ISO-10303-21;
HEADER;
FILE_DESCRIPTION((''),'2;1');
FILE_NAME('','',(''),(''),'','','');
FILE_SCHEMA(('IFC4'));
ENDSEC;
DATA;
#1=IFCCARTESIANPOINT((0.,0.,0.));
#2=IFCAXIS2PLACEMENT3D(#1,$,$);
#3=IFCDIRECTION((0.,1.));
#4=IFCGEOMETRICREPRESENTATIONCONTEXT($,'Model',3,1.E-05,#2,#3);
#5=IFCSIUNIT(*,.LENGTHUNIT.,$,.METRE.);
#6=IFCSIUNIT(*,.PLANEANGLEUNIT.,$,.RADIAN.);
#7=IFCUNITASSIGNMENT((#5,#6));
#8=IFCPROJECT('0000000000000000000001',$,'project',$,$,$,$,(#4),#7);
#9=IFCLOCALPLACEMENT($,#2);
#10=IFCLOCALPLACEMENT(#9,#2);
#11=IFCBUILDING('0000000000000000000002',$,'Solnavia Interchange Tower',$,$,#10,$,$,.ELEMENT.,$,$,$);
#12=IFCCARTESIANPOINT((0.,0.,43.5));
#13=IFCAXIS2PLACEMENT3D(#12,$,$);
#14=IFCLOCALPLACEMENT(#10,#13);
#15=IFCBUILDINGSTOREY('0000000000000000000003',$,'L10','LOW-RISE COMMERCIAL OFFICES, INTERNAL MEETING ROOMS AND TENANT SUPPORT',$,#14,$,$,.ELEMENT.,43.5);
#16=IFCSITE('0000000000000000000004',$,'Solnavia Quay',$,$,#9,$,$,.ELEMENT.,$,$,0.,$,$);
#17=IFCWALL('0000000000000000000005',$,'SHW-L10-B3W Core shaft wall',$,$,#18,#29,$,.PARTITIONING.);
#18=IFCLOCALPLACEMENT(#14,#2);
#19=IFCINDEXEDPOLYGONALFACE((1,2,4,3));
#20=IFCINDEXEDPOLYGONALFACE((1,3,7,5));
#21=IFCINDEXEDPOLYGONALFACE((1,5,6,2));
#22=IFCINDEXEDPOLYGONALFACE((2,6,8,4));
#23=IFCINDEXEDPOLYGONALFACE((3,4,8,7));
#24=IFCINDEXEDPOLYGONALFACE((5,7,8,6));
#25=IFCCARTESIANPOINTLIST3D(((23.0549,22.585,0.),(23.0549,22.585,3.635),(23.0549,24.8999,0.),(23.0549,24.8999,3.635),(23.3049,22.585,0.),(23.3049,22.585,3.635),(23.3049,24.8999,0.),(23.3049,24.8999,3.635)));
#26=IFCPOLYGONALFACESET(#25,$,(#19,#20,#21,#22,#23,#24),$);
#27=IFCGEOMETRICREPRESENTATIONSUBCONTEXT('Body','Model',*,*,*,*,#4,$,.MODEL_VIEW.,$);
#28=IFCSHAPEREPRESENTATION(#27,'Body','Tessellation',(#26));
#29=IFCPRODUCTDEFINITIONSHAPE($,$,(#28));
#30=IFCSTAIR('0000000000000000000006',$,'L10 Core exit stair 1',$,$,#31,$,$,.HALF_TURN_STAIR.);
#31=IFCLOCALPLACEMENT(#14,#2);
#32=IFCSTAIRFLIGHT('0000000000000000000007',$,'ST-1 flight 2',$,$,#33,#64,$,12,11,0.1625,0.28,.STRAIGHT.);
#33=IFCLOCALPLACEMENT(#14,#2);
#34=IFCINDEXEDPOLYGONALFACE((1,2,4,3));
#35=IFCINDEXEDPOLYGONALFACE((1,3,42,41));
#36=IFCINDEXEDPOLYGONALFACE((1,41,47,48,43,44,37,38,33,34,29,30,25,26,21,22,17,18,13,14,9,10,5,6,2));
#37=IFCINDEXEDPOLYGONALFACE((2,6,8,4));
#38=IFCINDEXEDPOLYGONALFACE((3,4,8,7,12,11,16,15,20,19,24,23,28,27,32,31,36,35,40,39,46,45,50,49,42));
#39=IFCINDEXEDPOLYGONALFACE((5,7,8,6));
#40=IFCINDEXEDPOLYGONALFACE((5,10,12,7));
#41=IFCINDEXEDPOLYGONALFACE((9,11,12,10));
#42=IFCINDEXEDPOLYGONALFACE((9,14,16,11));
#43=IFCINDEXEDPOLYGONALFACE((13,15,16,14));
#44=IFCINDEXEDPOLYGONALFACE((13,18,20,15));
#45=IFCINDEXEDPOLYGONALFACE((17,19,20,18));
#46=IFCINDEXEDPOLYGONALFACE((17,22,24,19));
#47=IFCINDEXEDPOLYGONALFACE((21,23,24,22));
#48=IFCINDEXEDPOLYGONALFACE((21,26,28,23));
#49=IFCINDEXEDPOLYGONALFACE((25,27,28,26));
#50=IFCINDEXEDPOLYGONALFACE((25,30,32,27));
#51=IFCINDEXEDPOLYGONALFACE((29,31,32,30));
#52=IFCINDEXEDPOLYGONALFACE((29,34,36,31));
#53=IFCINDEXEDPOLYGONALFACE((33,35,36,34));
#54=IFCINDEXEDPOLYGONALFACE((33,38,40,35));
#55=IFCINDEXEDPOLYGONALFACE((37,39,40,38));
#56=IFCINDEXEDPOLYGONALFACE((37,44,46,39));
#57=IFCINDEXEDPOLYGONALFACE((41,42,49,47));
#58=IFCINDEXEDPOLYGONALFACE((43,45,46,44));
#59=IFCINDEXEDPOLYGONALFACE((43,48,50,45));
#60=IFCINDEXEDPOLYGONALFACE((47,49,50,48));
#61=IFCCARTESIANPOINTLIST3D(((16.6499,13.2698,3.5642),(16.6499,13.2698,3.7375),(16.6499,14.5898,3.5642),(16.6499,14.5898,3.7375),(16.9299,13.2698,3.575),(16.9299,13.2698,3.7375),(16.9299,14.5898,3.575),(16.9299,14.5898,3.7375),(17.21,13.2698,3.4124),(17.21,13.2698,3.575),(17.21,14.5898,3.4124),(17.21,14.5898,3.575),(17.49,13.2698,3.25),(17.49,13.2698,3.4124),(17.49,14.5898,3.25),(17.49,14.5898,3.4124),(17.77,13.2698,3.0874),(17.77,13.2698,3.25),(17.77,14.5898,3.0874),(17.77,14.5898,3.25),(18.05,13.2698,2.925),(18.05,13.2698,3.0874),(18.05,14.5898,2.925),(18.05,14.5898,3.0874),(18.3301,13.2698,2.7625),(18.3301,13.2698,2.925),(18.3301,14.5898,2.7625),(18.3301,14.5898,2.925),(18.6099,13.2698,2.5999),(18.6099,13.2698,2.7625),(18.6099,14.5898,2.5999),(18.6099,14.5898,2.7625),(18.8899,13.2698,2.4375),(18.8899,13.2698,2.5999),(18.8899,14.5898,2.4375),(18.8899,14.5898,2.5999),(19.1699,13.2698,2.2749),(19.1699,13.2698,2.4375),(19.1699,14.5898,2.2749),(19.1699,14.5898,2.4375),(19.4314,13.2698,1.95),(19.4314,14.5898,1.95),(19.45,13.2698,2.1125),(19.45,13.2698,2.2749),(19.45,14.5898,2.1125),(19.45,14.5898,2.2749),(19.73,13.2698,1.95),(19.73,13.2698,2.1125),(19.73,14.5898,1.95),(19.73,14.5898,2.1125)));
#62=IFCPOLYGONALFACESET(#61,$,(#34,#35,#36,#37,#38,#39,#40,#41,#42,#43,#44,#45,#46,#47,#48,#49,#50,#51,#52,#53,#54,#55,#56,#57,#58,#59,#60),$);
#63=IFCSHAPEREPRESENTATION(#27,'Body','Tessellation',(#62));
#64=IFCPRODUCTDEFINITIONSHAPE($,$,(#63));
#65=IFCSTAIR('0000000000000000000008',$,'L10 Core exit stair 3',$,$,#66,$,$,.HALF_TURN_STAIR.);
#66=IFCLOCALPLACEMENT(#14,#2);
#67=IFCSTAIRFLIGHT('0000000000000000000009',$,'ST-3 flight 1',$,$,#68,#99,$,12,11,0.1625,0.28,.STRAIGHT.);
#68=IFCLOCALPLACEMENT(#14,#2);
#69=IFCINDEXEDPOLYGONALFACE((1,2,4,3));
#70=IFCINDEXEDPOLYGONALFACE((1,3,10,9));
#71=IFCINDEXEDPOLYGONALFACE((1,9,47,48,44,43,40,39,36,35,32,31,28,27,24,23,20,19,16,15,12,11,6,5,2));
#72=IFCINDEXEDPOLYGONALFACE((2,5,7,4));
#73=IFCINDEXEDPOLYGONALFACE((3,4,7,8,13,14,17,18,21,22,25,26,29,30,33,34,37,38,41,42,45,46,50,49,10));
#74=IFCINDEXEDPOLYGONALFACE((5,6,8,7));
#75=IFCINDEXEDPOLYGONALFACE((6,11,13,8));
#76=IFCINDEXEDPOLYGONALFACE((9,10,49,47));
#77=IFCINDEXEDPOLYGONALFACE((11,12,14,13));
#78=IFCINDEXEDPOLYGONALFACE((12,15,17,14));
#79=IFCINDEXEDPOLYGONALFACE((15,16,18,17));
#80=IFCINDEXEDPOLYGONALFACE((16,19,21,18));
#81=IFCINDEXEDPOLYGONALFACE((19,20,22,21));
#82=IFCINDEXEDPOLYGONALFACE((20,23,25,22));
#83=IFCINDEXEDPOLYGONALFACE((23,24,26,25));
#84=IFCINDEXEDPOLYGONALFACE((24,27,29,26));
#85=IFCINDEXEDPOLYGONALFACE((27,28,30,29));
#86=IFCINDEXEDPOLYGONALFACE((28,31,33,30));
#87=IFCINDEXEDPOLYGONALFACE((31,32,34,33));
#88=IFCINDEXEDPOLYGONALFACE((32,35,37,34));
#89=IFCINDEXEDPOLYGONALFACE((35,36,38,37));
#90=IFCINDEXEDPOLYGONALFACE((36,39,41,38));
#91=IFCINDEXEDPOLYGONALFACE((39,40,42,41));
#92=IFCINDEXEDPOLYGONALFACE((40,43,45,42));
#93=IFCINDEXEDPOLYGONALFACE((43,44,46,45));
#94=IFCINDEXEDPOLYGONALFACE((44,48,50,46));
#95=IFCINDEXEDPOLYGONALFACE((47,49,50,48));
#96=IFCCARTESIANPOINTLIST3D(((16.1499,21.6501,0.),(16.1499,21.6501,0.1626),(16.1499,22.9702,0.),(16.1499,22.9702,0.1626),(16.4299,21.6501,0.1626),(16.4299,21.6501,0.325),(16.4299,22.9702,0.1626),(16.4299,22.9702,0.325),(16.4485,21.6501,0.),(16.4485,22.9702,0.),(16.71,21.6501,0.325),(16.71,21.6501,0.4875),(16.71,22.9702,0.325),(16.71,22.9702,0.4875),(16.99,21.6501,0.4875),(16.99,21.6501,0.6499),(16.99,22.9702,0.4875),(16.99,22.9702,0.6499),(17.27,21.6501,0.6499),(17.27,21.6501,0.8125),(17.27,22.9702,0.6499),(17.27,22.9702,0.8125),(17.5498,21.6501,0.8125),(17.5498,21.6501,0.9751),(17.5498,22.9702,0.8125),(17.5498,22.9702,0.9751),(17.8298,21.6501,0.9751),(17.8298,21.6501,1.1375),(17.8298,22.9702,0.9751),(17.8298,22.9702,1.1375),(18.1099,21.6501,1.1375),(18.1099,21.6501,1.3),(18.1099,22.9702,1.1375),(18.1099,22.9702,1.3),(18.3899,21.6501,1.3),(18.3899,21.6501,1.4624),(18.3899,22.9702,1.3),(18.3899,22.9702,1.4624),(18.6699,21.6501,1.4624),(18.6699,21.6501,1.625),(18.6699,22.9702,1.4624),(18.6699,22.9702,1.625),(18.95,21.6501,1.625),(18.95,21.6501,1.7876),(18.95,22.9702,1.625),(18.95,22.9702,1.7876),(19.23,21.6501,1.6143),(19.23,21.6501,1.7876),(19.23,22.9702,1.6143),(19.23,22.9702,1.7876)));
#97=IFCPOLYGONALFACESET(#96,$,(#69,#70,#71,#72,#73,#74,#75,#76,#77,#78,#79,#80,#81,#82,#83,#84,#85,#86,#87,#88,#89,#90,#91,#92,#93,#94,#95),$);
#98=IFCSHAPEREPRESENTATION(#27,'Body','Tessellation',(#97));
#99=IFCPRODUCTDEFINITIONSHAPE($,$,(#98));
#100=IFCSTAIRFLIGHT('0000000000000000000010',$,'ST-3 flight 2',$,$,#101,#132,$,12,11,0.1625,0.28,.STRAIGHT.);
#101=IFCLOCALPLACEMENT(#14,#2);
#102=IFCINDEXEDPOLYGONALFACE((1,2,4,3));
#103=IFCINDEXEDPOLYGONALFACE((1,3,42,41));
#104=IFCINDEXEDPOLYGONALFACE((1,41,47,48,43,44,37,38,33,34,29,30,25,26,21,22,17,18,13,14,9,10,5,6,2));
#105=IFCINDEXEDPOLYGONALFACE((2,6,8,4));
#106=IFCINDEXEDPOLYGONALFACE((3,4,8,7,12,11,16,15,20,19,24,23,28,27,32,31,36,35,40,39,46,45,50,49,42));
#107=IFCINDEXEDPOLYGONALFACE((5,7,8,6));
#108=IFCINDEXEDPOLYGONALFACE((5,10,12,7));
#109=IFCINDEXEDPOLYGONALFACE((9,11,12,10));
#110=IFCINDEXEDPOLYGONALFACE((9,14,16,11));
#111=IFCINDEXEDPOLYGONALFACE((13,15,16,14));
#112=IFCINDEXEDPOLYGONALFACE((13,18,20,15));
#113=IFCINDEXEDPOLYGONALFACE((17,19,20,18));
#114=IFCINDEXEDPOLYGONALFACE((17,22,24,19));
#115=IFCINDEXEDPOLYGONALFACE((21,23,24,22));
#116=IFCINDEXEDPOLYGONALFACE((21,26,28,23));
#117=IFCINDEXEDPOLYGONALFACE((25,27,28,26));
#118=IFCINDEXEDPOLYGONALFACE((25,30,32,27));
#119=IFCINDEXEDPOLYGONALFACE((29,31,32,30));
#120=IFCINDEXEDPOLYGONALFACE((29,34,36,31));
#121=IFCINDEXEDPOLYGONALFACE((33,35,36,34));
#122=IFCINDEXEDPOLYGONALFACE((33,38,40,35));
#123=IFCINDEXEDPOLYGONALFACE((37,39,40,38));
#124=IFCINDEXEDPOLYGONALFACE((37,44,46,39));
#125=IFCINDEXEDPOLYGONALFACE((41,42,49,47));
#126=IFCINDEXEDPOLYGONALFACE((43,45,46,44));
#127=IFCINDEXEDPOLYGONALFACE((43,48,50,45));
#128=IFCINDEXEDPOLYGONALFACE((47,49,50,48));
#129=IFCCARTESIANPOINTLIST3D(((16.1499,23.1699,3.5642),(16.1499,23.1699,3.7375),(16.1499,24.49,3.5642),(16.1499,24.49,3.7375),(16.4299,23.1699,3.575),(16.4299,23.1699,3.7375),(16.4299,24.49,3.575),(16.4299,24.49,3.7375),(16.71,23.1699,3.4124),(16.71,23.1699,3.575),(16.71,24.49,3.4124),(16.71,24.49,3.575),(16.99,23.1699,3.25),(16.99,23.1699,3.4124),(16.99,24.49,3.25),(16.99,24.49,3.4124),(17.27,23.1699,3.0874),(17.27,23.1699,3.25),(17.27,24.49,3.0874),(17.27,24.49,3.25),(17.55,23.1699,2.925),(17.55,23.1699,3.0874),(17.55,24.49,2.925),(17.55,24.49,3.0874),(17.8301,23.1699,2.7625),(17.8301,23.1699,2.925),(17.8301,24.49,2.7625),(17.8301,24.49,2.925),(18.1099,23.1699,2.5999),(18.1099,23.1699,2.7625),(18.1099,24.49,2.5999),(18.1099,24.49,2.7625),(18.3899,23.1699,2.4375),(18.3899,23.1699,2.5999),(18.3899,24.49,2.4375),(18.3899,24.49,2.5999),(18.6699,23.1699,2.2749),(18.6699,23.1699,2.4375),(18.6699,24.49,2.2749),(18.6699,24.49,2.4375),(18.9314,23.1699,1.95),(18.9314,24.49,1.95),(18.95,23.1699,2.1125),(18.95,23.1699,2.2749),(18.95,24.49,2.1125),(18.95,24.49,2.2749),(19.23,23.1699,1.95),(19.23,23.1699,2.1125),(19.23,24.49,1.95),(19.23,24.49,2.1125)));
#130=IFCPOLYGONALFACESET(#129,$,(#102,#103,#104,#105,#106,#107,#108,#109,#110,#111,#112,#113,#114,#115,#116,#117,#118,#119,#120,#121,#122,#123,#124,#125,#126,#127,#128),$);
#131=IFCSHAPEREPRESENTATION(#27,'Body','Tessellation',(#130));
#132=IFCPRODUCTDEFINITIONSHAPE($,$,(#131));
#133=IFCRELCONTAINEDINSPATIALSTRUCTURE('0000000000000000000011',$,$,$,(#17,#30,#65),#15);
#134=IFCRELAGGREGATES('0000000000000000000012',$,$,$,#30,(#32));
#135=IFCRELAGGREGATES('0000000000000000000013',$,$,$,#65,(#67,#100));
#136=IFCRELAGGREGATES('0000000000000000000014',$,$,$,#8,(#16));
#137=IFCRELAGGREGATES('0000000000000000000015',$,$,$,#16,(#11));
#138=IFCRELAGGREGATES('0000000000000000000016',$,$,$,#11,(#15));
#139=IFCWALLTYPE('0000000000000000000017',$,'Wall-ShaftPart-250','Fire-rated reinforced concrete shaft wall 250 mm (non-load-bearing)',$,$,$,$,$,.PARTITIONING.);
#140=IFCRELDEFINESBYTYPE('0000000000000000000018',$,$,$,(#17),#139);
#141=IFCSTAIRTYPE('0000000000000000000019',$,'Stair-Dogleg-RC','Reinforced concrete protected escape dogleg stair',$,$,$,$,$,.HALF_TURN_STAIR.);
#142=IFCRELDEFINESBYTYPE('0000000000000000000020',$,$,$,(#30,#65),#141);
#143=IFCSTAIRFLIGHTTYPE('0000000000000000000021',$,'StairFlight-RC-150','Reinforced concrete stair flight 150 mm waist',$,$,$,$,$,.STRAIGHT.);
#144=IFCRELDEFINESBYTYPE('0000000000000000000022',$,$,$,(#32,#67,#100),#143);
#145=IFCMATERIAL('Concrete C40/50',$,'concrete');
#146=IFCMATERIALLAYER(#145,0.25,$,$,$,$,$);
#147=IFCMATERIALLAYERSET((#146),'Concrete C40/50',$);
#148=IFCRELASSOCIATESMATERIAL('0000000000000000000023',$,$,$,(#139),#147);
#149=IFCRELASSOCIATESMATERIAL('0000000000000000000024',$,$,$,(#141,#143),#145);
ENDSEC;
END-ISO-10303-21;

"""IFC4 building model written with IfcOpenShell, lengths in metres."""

from ifc_helpers import new_model, si_unit, direction, frame, frame_2d, origin, place, context, subcontext, project, spatial, polyline, rectangle, outline, extrude, material, layer, layer_set, type_object, element, aggregate, save


model = new_model("IFC4")

# Units and contexts
model_context = context("Model", 3, precision=1e-05, world=origin(), true_north=direction((0.0, 1.0)))
body_context = subcontext(model_context, "Body", "Model", "MODEL_VIEW")
ifc_project = project(units=[si_unit("LENGTHUNIT", "METRE"), si_unit("PLANEANGLEUNIT", "RADIAN")], contexts=[model_context])

# Site, building, storey
site_placement = place(None, origin())
site = spatial("IfcSite", under=ifc_project, at=site_placement, Name="Solnavia Quay", CompositionType="ELEMENT", RefElevation=0.0)
building_placement = place(site_placement, origin())
building = spatial("IfcBuilding", under=site, at=building_placement, Name="Solnavia Interchange Tower", CompositionType="ELEMENT")
storey_placement = place(building_placement, frame((0.0, 0.0, 43.5)))
storey = spatial("IfcBuildingStorey", under=building, at=storey_placement, Name="L10", Description="LOW-RISE COMMERCIAL OFFICES, INTERNAL MEETING ROOMS AND TENANT SUPPORT", CompositionType="ELEMENT", Elevation=43.5)

# Shared definitions
ifc_material_1 = material(Name="Concrete C40/50", Category="concrete")

# Shared definitions
ifc_layer_1 = layer(ifc_material_1, 0.25)
ifc_layer_set_1 = layer_set([ifc_layer_1], Name="Concrete C40/50")
wall_type_1 = type_object("IfcWallType", Name="Wall-ShaftPart-250", Description="Fire-rated reinforced concrete shaft wall 250 mm (non-load-bearing)", PredefinedType="PARTITIONING", material=ifc_layer_set_1)

# Wall
wall_1_placement = place(storey_placement, frame((23.1799, 22.585, 0.0), z_axis=(0.0, 0.0, 1.0), x_axis=(0.0, 1.0, 0.0)))
element("IfcWall", 1, at=wall_1_placement, inside=storey, type_object=wall_type_1, Name="SHW-L10-B3W Core shaft wall", PredefinedType="PARTITIONING", context=body_context, shape_type="SweptSolid", body=[
    extrude(rectangle(XDim=2.3149, YDim=0.25, at=frame_2d((1.1575, 0.0))), origin(), (0.0, 0.0, 1.0), 3.635),
])

# Stair, stair flight
stair_type = type_object("IfcStairType", Name="Stair-Dogleg-RC", Description="Reinforced concrete protected escape dogleg stair", PredefinedType="HALF_TURN_STAIR", material=ifc_material_1)
stair_1_placement = place(storey_placement, origin())
stair_1 = element("IfcStair", 2, at=stair_1_placement, inside=storey, type_object=stair_type, Name="L10 Core exit stair 1", PredefinedType="HALF_TURN_STAIR")
stair_flight_type = type_object("IfcStairFlightType", Name="StairFlight-RC-150", Description="Reinforced concrete stair flight 150 mm waist", PredefinedType="STRAIGHT", material=ifc_material_1)
stair_flight_1_placement = place(storey_placement, frame((19.73, 13.9299, 1.95), z_axis=(0.0, 0.0, 1.0), x_axis=(-1.0, 0.0, 0.0)))
stair_flight_1 = element("IfcStairFlight", 3, at=stair_flight_1_placement, type_object=stair_flight_type, Name="ST-1 flight 2", NumberOfRisers=12, NumberOfTreads=11, PredefinedType="STRAIGHT", RiserHeight=0.1625, TreadLength=0.28, context=body_context, shape_type="SweptSolid", body=[
    extrude(outline(polyline([(0.0, 0.0), (0.0, 0.1626), (0.28, 0.1626), (0.28, 0.325), (0.5601, 0.325), (0.5601, 0.4875), (0.8401, 0.4875), (0.8401, 0.6499), (1.1201, 0.6499), (1.1201, 0.8125), (1.3999, 0.8125), (1.3999, 0.9751), (1.6799, 0.9751), (1.6799, 1.1375), (1.96, 1.1375), (1.96, 1.3), (2.24, 1.3), (2.24, 1.4624), (2.52, 1.4624), (2.52, 1.625), (2.8, 1.625), (2.8, 1.7876), (3.0801, 1.7876), (3.0801, 1.95), (3.0801, 1.6143), (0.2986, 0.0), (0.0, 0.0)])), frame((0.0, 0.6602, 0.0), z_axis=(0.0, -1.0, 0.0), x_axis=(1.0, 0.0, 0.0)), (0.0, 0.0, 1.0), 1.3201),
])
aggregate(stair_1, [stair_flight_1])

# Stair, stair flights
stair_2_placement = place(storey_placement, origin())
stair_2 = element("IfcStair", 4, at=stair_2_placement, inside=storey, type_object=stair_type, Name="L10 Core exit stair 3", PredefinedType="HALF_TURN_STAIR")
stair_flight_2_placement = place(storey_placement, frame((16.1499, 22.3101, 0.0), z_axis=(0.0, 0.0, 1.0), x_axis=(1.0, 0.0, 0.0)))
stair_flight_2 = element("IfcStairFlight", 5, at=stair_flight_2_placement, type_object=stair_flight_type, Name="ST-3 flight 1", NumberOfRisers=12, NumberOfTreads=11, PredefinedType="STRAIGHT", RiserHeight=0.1625, TreadLength=0.28, context=body_context, shape_type="SweptSolid", body=[
    extrude(outline(polyline([(0.0, 0.0), (0.0, 0.1626), (0.28, 0.1626), (0.28, 0.325), (0.5601, 0.325), (0.5601, 0.4875), (0.8401, 0.4875), (0.8401, 0.6499), (1.1201, 0.6499), (1.1201, 0.8125), (1.3999, 0.8125), (1.3999, 0.9751), (1.6799, 0.9751), (1.6799, 1.1375), (1.96, 1.1375), (1.96, 1.3), (2.24, 1.3), (2.24, 1.4624), (2.52, 1.4624), (2.52, 1.625), (2.8, 1.625), (2.8, 1.7876), (3.0801, 1.7876), (3.0801, 1.95), (3.0801, 1.6143), (0.2986, 0.0), (0.0, 0.0)])), frame((0.0, 0.6602, 0.0), z_axis=(0.0, -1.0, 0.0), x_axis=(1.0, 0.0, 0.0)), (0.0, 0.0, 1.0), 1.3201),
])
stair_flight_3_placement = place(storey_placement, frame((19.23, 23.8301, 1.95), z_axis=(0.0, 0.0, 1.0), x_axis=(-1.0, 0.0, 0.0)))
stair_flight_3 = element("IfcStairFlight", 6, at=stair_flight_3_placement, type_object=stair_flight_type, Name="ST-3 flight 2", NumberOfRisers=12, NumberOfTreads=11, PredefinedType="STRAIGHT", RiserHeight=0.1625, TreadLength=0.28, context=body_context, shape_type="SweptSolid", body=[
    extrude(outline(polyline([(0.0, 0.0), (0.0, 0.1626), (0.28, 0.1626), (0.28, 0.325), (0.5601, 0.325), (0.5601, 0.4875), (0.8401, 0.4875), (0.8401, 0.6499), (1.1201, 0.6499), (1.1201, 0.8125), (1.3999, 0.8125), (1.3999, 0.9751), (1.6799, 0.9751), (1.6799, 1.1375), (1.96, 1.1375), (1.96, 1.3), (2.24, 1.3), (2.24, 1.4624), (2.52, 1.4624), (2.52, 1.625), (2.8, 1.625), (2.8, 1.7876), (3.0801, 1.7876), (3.0801, 1.95), (3.0801, 1.6143), (0.2986, 0.0), (0.0, 0.0)])), frame((0.0, 0.6602, 0.0), z_axis=(0.0, -1.0, 0.0), x_axis=(1.0, 0.0, 0.0)), (0.0, 0.0, 1.0), 1.3201),
])
aggregate(stair_2, [stair_flight_2, stair_flight_3])

save(model, "model.ifc")
